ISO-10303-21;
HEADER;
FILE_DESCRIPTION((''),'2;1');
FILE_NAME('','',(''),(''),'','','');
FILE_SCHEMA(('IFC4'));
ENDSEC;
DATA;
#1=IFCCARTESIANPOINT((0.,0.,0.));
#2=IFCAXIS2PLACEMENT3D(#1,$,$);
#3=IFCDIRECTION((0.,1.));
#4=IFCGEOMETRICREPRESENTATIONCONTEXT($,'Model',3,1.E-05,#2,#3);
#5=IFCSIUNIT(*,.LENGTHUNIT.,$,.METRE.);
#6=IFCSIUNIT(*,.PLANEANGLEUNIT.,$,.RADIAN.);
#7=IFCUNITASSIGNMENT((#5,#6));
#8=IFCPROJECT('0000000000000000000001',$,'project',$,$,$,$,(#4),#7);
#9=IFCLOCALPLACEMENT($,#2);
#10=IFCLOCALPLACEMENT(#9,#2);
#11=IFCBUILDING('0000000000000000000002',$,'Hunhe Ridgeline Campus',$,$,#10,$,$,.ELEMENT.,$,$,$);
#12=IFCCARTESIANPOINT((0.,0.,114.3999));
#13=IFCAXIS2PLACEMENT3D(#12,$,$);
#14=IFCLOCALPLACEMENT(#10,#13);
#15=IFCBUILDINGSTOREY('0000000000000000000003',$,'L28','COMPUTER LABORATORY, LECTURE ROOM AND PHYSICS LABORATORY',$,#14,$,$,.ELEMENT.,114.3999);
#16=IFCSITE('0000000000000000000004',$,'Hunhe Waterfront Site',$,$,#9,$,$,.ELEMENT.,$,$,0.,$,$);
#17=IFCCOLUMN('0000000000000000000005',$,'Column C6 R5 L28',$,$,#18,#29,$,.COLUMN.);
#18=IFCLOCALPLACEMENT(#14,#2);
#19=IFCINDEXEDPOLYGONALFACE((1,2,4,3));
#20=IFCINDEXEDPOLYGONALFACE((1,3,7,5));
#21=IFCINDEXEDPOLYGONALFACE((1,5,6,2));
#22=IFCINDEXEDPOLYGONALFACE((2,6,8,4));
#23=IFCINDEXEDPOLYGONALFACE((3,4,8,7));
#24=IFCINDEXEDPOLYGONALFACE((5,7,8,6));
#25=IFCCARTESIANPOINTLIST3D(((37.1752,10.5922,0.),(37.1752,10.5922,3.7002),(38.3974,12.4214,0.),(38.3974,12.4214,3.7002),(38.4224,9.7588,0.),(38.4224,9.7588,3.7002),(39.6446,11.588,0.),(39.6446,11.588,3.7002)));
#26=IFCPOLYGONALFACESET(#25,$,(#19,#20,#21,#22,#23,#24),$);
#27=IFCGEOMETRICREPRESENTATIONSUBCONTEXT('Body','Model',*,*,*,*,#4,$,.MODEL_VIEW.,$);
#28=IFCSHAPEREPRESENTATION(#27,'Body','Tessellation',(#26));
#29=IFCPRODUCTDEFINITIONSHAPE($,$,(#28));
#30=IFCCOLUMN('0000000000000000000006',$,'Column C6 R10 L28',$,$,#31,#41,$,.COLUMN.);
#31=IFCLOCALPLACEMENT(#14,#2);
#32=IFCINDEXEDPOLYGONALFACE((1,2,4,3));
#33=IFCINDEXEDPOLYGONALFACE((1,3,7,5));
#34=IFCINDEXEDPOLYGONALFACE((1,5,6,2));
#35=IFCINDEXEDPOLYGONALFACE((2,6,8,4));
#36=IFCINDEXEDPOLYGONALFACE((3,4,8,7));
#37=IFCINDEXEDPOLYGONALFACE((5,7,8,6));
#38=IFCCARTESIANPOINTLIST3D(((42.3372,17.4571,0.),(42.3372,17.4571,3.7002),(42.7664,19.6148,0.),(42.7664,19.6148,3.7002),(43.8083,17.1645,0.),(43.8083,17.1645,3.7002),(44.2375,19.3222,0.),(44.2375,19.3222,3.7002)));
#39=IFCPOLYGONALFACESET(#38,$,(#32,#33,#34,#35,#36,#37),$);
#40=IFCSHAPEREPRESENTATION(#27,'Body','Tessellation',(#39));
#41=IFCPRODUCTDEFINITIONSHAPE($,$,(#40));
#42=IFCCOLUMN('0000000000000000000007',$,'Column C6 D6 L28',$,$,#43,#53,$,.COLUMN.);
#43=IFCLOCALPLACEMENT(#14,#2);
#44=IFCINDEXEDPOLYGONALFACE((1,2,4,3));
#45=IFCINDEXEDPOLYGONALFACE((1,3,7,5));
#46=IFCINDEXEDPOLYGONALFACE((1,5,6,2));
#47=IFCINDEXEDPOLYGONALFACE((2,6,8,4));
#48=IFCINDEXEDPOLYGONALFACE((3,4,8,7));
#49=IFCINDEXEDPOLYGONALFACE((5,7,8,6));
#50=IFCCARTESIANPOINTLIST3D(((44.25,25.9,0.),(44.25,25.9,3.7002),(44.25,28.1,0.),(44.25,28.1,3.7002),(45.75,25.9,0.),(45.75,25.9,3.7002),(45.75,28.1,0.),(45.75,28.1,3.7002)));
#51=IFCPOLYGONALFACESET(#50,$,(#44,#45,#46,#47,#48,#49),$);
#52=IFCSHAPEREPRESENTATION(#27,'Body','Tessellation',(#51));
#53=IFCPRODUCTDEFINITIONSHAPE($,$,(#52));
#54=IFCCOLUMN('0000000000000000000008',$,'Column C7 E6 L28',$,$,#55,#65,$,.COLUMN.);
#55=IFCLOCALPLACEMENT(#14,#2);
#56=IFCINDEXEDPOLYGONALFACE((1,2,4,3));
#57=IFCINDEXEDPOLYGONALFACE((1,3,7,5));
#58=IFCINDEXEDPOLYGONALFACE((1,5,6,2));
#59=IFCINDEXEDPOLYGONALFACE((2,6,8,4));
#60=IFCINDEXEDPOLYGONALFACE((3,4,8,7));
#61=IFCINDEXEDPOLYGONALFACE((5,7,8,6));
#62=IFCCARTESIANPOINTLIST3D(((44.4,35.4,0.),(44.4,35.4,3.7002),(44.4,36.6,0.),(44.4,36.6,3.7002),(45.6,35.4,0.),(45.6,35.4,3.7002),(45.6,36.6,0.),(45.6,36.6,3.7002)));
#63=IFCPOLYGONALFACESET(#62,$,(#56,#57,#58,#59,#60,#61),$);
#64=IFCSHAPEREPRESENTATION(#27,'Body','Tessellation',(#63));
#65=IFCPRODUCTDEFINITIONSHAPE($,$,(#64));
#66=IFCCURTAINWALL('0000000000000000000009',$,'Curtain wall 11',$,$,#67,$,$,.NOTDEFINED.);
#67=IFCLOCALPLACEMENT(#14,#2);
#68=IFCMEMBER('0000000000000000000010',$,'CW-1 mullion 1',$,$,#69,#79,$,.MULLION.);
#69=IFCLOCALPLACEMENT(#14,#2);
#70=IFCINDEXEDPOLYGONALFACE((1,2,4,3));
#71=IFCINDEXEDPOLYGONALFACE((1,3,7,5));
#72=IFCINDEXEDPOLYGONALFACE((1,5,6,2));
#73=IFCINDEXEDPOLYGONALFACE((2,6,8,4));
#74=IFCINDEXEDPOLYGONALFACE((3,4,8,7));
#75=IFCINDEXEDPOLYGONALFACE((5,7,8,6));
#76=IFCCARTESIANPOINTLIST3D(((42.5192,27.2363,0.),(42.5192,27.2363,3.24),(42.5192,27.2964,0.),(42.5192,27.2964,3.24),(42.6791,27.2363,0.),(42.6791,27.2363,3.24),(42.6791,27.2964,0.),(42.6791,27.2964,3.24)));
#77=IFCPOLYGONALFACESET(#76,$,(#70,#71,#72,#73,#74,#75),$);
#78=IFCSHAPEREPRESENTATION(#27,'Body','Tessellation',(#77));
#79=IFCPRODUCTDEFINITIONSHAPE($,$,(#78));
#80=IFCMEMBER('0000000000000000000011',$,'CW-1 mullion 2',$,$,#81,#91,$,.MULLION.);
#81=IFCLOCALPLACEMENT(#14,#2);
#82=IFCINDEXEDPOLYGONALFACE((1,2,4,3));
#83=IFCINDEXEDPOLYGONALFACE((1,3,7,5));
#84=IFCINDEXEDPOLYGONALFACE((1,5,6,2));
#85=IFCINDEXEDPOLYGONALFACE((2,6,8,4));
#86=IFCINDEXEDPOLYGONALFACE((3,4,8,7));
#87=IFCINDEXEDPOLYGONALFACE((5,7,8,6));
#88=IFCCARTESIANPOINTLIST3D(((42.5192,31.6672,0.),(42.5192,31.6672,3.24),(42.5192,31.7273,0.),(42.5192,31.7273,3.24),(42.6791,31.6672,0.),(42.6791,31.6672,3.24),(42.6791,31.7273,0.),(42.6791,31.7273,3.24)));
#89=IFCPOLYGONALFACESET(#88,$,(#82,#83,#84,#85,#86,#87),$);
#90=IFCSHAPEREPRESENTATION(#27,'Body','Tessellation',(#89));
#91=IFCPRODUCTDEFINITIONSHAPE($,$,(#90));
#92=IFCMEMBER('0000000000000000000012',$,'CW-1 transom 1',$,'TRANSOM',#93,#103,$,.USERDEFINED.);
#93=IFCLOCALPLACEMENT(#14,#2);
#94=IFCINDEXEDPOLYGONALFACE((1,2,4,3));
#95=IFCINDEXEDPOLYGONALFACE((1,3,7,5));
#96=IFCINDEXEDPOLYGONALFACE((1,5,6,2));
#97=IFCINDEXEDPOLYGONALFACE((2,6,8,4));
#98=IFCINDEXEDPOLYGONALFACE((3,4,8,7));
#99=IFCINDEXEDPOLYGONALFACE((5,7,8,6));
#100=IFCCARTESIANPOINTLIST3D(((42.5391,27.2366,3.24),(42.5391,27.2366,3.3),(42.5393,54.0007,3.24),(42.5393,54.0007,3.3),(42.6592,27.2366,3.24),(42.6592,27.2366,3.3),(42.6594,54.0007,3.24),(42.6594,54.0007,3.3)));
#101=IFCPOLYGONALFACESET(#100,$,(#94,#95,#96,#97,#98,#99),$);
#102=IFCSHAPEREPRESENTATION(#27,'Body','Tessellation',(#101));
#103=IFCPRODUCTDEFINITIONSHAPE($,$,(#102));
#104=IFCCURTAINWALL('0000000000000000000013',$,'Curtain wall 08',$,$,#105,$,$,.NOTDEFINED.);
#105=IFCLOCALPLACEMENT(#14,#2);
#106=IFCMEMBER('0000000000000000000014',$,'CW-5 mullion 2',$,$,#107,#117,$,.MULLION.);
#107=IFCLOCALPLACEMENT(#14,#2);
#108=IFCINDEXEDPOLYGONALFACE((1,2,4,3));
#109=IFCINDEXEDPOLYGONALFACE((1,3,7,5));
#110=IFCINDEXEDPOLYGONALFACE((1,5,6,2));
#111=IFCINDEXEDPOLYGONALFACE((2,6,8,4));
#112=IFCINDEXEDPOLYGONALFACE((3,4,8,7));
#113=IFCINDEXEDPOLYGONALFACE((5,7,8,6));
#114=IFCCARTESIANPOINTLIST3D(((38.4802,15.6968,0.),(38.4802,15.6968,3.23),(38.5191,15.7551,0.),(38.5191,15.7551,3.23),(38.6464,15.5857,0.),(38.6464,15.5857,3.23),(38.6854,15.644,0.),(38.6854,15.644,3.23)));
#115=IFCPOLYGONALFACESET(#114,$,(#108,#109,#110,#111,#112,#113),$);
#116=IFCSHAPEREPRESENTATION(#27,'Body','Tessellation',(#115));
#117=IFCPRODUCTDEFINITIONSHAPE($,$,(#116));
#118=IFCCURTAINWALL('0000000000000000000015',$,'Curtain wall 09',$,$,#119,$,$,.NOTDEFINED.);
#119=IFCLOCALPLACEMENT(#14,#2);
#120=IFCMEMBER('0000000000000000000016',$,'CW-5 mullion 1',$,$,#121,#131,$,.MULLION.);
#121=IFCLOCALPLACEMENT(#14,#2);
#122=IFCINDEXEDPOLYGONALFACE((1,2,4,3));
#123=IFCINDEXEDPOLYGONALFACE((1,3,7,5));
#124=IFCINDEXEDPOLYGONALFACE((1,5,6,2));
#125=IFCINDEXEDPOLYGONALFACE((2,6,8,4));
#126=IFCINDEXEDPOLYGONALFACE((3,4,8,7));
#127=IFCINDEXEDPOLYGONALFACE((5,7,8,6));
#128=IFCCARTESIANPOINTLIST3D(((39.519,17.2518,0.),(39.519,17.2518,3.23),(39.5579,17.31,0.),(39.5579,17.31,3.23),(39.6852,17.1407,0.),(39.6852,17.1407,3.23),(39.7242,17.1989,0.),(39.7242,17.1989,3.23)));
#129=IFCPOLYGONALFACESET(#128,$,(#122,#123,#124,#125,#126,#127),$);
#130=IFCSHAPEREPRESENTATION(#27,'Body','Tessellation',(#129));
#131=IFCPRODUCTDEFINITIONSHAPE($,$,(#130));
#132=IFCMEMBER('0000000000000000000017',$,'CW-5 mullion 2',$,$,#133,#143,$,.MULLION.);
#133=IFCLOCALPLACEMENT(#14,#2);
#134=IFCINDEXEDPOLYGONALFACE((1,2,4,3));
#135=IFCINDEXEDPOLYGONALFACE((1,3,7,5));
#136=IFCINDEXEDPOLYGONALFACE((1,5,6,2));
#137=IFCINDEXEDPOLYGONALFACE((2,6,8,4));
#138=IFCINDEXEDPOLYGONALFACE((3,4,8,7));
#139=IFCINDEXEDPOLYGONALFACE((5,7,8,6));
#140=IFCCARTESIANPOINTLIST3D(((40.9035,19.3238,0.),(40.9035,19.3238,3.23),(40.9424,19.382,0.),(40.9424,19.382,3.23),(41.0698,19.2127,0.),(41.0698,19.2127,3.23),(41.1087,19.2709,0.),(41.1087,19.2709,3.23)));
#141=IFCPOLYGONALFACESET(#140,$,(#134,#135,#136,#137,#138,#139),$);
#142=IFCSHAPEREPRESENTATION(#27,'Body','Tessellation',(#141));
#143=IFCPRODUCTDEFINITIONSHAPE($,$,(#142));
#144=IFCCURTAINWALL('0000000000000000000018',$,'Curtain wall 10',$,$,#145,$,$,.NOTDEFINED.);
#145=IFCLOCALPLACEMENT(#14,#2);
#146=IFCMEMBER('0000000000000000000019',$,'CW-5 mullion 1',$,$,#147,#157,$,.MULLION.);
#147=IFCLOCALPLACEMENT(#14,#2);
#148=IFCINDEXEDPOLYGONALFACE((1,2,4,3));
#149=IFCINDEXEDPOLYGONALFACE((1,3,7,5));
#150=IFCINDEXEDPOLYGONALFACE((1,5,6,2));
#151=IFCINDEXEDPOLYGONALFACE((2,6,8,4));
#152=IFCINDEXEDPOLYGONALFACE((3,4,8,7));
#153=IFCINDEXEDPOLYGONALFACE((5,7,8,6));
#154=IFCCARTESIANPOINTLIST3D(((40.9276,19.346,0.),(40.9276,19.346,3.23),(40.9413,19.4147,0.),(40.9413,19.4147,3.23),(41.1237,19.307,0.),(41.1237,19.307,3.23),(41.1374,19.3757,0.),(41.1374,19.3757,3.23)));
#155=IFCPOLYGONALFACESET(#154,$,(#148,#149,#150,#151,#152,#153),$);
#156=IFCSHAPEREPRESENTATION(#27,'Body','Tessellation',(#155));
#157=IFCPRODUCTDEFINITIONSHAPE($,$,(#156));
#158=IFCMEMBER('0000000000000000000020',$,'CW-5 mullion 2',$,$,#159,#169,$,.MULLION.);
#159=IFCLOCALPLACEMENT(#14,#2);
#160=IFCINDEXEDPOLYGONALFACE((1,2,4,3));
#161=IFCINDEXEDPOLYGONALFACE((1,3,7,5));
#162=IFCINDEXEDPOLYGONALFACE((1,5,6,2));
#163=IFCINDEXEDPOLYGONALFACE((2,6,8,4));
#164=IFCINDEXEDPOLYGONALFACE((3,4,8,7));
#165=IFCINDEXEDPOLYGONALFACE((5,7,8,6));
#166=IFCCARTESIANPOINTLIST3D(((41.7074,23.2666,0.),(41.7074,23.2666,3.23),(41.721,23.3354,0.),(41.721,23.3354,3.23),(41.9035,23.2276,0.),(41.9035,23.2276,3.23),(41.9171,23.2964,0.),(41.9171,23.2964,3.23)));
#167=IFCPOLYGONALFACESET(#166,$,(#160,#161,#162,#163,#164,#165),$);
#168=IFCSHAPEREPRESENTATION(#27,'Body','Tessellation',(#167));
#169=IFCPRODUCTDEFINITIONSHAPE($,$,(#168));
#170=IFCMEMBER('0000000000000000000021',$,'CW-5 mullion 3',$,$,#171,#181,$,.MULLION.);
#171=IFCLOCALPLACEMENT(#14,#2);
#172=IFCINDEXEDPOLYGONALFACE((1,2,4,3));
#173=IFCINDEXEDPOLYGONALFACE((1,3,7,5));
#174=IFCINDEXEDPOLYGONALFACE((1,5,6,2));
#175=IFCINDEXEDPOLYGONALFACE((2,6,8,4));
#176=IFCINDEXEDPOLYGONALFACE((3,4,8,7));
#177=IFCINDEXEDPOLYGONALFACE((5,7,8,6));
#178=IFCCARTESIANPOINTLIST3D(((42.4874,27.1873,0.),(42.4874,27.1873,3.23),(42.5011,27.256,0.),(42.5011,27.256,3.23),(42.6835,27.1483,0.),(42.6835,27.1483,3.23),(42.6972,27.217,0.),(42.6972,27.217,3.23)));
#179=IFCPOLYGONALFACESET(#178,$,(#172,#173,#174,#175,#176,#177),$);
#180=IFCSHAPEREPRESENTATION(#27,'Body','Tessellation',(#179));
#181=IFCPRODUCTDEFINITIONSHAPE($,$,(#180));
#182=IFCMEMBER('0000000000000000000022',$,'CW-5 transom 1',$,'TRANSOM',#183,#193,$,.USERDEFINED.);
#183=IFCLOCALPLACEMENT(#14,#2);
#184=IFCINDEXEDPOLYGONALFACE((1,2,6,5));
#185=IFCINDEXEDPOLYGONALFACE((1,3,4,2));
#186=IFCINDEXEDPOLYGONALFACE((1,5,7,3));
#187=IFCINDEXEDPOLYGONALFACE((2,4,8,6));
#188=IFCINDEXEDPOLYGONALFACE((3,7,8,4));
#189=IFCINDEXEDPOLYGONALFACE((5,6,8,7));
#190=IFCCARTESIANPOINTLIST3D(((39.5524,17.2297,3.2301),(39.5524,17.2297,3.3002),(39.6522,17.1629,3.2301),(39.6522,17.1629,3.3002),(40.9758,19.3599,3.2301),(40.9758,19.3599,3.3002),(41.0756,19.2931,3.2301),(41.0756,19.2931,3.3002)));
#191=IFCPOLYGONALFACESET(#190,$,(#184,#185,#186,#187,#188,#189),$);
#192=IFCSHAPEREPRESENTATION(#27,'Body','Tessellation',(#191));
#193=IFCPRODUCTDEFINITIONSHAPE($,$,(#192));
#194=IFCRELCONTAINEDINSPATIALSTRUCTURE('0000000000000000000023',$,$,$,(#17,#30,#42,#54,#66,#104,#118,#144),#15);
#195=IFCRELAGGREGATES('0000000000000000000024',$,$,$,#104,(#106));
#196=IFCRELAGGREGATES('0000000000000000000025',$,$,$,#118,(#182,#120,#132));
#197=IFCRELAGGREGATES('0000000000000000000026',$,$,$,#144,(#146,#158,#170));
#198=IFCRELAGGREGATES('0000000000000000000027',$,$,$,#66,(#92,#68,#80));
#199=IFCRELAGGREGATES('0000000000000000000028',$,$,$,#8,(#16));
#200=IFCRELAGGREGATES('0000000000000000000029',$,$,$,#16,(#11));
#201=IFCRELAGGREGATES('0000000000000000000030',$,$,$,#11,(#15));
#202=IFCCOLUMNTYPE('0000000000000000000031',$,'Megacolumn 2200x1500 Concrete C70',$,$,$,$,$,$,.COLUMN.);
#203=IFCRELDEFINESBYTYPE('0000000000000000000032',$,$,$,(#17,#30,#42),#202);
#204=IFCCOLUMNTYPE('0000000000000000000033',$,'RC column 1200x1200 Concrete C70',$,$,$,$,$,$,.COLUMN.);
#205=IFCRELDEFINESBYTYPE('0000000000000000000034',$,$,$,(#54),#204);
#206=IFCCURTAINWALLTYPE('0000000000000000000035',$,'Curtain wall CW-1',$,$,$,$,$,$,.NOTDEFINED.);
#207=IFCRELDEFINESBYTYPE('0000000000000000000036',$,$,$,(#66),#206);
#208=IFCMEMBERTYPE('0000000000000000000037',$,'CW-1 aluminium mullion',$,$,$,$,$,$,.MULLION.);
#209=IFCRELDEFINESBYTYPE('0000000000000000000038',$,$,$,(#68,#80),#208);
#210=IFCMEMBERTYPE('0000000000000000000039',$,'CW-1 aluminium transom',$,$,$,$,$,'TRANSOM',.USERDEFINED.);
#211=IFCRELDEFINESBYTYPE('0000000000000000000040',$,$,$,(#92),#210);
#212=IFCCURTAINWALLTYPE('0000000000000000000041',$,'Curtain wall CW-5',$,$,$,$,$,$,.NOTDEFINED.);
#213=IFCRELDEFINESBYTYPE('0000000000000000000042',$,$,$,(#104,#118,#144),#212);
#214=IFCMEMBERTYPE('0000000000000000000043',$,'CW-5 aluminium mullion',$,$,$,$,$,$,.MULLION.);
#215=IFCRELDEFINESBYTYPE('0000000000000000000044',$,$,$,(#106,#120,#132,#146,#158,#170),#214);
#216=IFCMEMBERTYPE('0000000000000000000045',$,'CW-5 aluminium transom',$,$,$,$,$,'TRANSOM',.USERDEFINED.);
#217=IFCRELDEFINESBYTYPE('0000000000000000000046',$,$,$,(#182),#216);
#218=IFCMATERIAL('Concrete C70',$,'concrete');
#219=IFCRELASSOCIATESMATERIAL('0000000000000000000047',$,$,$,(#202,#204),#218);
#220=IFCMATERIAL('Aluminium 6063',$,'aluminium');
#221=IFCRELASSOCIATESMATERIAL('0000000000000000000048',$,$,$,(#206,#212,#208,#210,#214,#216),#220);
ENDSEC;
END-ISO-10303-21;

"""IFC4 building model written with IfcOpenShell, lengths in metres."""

from ifc_helpers import new_model, si_unit, direction, frame, origin, origin_2d, place, context, subcontext, project, spatial, rectangle, extrude, material, material_profile, profile_set, type_object, element, aggregate, save


model = new_model("IFC4")

# Units and contexts
model_context = context("Model", 3, precision=1e-05, world=origin(), true_north=direction((0.0, 1.0)))
body_context = subcontext(model_context, "Body", "Model", "MODEL_VIEW")
ifc_project = project(units=[si_unit("LENGTHUNIT", "METRE"), si_unit("PLANEANGLEUNIT", "RADIAN")], contexts=[model_context])

# Site, building, storey
site_placement = place(None, origin())
site = spatial("IfcSite", under=ifc_project, at=site_placement, Name="Hunhe Waterfront Site", CompositionType="ELEMENT", RefElevation=0.0)
building_placement = place(site_placement, origin())
building = spatial("IfcBuilding", under=site, at=building_placement, Name="Hunhe Ridgeline Campus", CompositionType="ELEMENT")
storey_placement = place(building_placement, frame((0.0, 0.0, 114.3999)))
storey = spatial("IfcBuildingStorey", under=building, at=storey_placement, Name="L28", Description="COMPUTER LABORATORY, LECTURE ROOM AND PHYSICS LABORATORY", CompositionType="ELEMENT", Elevation=114.3999)

# Columns
ifc_material_1 = material(Name="Concrete C70", Category="concrete")
ifc_material_profile_1 = material_profile(ifc_material_1, rectangle(XDim=2.2, YDim=1.5, at=origin_2d()))
ifc_profile_set_1 = profile_set([ifc_material_profile_1], Name="Concrete C70")
column_type_1 = type_object("IfcColumnType", Name="Megacolumn 2200x1500 Concrete C70", PredefinedType="COLUMN", material=ifc_profile_set_1)
for number, where, z_axis, x_axis, name in (
    (1, (38.4099, 11.0901, 0.0), (0.0, 0.0, 1.0), (0.55557, 0.83147, 0.0), "Column C6 R5 L28"),
    (2, (43.2874, 18.3896, 0.0), (0.0, 0.0, 1.0), (0.19509, 0.980785, 0.0), "Column C6 R10 L28"),
    (3, (45.0, 27.0, 0.0), (0.0, 0.0, 1.0), (0.0, 1.0, 0.0), "Column C6 D6 L28"),
):
    element("IfcColumn", number, at=place(storey_placement, frame(where, z_axis=z_axis, x_axis=x_axis)), inside=storey, type_object=column_type_1, Name=name, PredefinedType="COLUMN", context=body_context, shape_type="SweptSolid", body=[
        extrude(rectangle(XDim=2.2, YDim=1.5, at=origin_2d()), origin(), (0.0, 0.0, 1.0), 3.7002),
    ])
ifc_material_profile_2 = material_profile(ifc_material_1, rectangle(XDim=1.2, YDim=1.2, at=origin_2d()))
ifc_profile_set_2 = profile_set([ifc_material_profile_2], Name="Concrete C70")
column_type_2 = type_object("IfcColumnType", Name="RC column 1200x1200 Concrete C70", PredefinedType="COLUMN", material=ifc_profile_set_2)
column_placement = place(storey_placement, frame((45.0, 36.0, 0.0), z_axis=(0.0, 0.0, 1.0), x_axis=(1.0, 0.0, 0.0)))
element("IfcColumn", 4, at=column_placement, inside=storey, type_object=column_type_2, Name="Column C7 E6 L28", PredefinedType="COLUMN", context=body_context, shape_type="SweptSolid", body=[
    extrude(rectangle(XDim=1.2, YDim=1.2, at=origin_2d()), origin(), (0.0, 0.0, 1.0), 3.7002),
])

# Curtain wall, members
ifc_material_2 = material(Name="Aluminium 6063", Category="aluminium")
curtain_wall_type_1 = type_object("IfcCurtainWallType", Name="Curtain wall CW-1", PredefinedType="NOTDEFINED", material=ifc_material_2)
curtain_wall_1_placement = place(storey_placement, origin())
curtain_wall_1 = element("IfcCurtainWall", 5, at=curtain_wall_1_placement, inside=storey, type_object=curtain_wall_type_1, Name="Curtain wall 11", PredefinedType="NOTDEFINED")
ifc_material_profile_3 = material_profile(ifc_material_2, rectangle(XDim=0.1599, YDim=0.0601, at=origin_2d()))
ifc_profile_set_3 = profile_set([ifc_material_profile_3], Name="Aluminium 6063")
member_type_1 = type_object("IfcMemberType", Name="CW-1 aluminium mullion", PredefinedType="MULLION", material=ifc_profile_set_3)
member_1_placement = place(storey_placement, frame((42.5991, 27.2664, 0.0), z_axis=(0.0, 0.0, 1.0), x_axis=(-1.0, 0.000011, 0.0)))
member_1 = element("IfcMember", 6, at=member_1_placement, type_object=member_type_1, Name="CW-1 mullion 1", PredefinedType="MULLION", context=body_context, shape_type="SweptSolid", body=[
    extrude(rectangle(XDim=0.1599, YDim=0.0601, at=origin_2d()), origin(), (0.0, 0.0, 1.0), 3.24),
])
member_2_placement = place(storey_placement, frame((42.5991, 31.6973, 0.0), z_axis=(0.0, 0.0, 1.0), x_axis=(-1.0, 0.000011, 0.0)))
member_2 = element("IfcMember", 7, at=member_2_placement, type_object=member_type_1, Name="CW-1 mullion 2", PredefinedType="MULLION", context=body_context, shape_type="SweptSolid", body=[
    extrude(rectangle(XDim=0.1599, YDim=0.0601, at=origin_2d()), origin(), (0.0, 0.0, 1.0), 3.24),
])
ifc_material_profile_4 = material_profile(ifc_material_2, rectangle(XDim=0.1201, YDim=0.0601, at=origin_2d()))
ifc_profile_set_4 = profile_set([ifc_material_profile_4], Name="Aluminium 6063")
member_type_2 = type_object("IfcMemberType", Name="CW-1 aluminium transom", ElementType="TRANSOM", PredefinedType="USERDEFINED", material=ifc_profile_set_4)
member_3_placement = place(storey_placement, frame((42.5991, 27.2366, 3.27), z_axis=(0.000009, 1.0, 0.0), x_axis=(-1.0, 0.000009, 0.0)))
member_3 = element("IfcMember", 8, at=member_3_placement, type_object=member_type_2, Name="CW-1 transom 1", ObjectType="TRANSOM", PredefinedType="USERDEFINED", context=body_context, shape_type="SweptSolid", body=[
    extrude(rectangle(XDim=0.1201, YDim=0.0601, at=origin_2d()), origin(), (0.0, 0.0, 1.0), 26.7642),
])

# Curtain wall, member
curtain_wall_type_2 = type_object("IfcCurtainWallType", Name="Curtain wall CW-5", PredefinedType="NOTDEFINED", material=ifc_material_2)
curtain_wall_2_placement = place(storey_placement, origin())
curtain_wall_2 = element("IfcCurtainWall", 9, at=curtain_wall_2_placement, inside=storey, type_object=curtain_wall_type_2, Name="Curtain wall 08", PredefinedType="NOTDEFINED")
ifc_material_profile_5 = material_profile(ifc_material_2, rectangle(XDim=0.2, YDim=0.0701, at=origin_2d()))
ifc_profile_set_5 = profile_set([ifc_material_profile_5], Name="Aluminium 6063")
member_type_3 = type_object("IfcMemberType", Name="CW-5 aluminium mullion", PredefinedType="MULLION", material=ifc_profile_set_5)
member_4_placement = place(storey_placement, frame((38.5828, 15.6704, 0.0), z_axis=(0.0, 0.0, 1.0), x_axis=(-0.83147, 0.55557, 0.0)))
member_4 = element("IfcMember", 10, at=member_4_placement, type_object=member_type_3, Name="CW-5 mullion 2", PredefinedType="MULLION", context=body_context, shape_type="SweptSolid", body=[
    extrude(rectangle(XDim=0.2, YDim=0.0701, at=origin_2d()), origin(), (0.0, 0.0, 1.0), 3.23),
])

# Curtain walls, members
curtain_wall_3_placement = place(storey_placement, origin())
curtain_wall_3 = element("IfcCurtainWall", 11, at=curtain_wall_3_placement, inside=storey, type_object=curtain_wall_type_2, Name="Curtain wall 09", PredefinedType="NOTDEFINED")
member_5_placement = place(storey_placement, frame((39.6216, 17.2253, 0.0), z_axis=(0.0, 0.0, 1.0), x_axis=(-0.83147, 0.55557, 0.0)))
member_5 = element("IfcMember", 12, at=member_5_placement, type_object=member_type_3, Name="CW-5 mullion 1", PredefinedType="MULLION", context=body_context, shape_type="SweptSolid", body=[
    extrude(rectangle(XDim=0.2, YDim=0.0701, at=origin_2d()), origin(), (0.0, 0.0, 1.0), 3.23),
])
member_6_placement = place(storey_placement, frame((41.0061, 19.2974, 0.0), z_axis=(0.0, 0.0, 1.0), x_axis=(-0.83147, 0.55557, 0.0)))
member_6 = element("IfcMember", 13, at=member_6_placement, type_object=member_type_3, Name="CW-5 mullion 2", PredefinedType="MULLION", context=body_context, shape_type="SweptSolid", body=[
    extrude(rectangle(XDim=0.2, YDim=0.0701, at=origin_2d()), origin(), (0.0, 0.0, 1.0), 3.23),
])
curtain_wall_4_placement = place(storey_placement, origin())
curtain_wall_4 = element("IfcCurtainWall", 14, at=curtain_wall_4_placement, inside=storey, type_object=curtain_wall_type_2, Name="Curtain wall 10", PredefinedType="NOTDEFINED")
member_7_placement = place(storey_placement, frame((41.0325, 19.3608, 0.0), z_axis=(0.0, 0.0, 1.0), x_axis=(-0.980785, 0.19509, 0.0)))
member_7 = element("IfcMember", 15, at=member_7_placement, type_object=member_type_3, Name="CW-5 mullion 1", PredefinedType="MULLION", context=body_context, shape_type="SweptSolid", body=[
    extrude(rectangle(XDim=0.2, YDim=0.0701, at=origin_2d()), origin(), (0.0, 0.0, 1.0), 3.23),
])
member_8_placement = place(storey_placement, frame((41.8123, 23.2815, 0.0), z_axis=(0.0, 0.0, 1.0), x_axis=(-0.980785, 0.19509, 0.0)))
member_8 = element("IfcMember", 16, at=member_8_placement, type_object=member_type_3, Name="CW-5 mullion 2", PredefinedType="MULLION", context=body_context, shape_type="SweptSolid", body=[
    extrude(rectangle(XDim=0.2, YDim=0.0701, at=origin_2d()), origin(), (0.0, 0.0, 1.0), 3.23),
])
member_9_placement = place(storey_placement, frame((42.5923, 27.2021, 0.0), z_axis=(0.0, 0.0, 1.0), x_axis=(-0.980785, 0.19509, 0.0)))
member_9 = element("IfcMember", 17, at=member_9_placement, type_object=member_type_3, Name="CW-5 mullion 3", PredefinedType="MULLION", context=body_context, shape_type="SweptSolid", body=[
    extrude(rectangle(XDim=0.2, YDim=0.0701, at=origin_2d()), origin(), (0.0, 0.0, 1.0), 3.23),
])

# Member
ifc_material_profile_6 = material_profile(ifc_material_2, rectangle(XDim=0.1201, YDim=0.0701, at=origin_2d()))
ifc_profile_set_6 = profile_set([ifc_material_profile_6], Name="Aluminium 6063")
member_type_4 = type_object("IfcMemberType", Name="CW-5 aluminium transom", ElementType="TRANSOM", PredefinedType="USERDEFINED", material=ifc_profile_set_6)
member_10_placement = place(storey_placement, frame((39.6023, 17.1963, 3.2651), z_axis=(0.55558, 0.831463, 0.0), x_axis=(-0.831463, 0.55558, 0.0)))
member_10 = element("IfcMember", 18, at=member_10_placement, type_object=member_type_4, Name="CW-5 transom 1", ObjectType="TRANSOM", PredefinedType="USERDEFINED", context=body_context, shape_type="SweptSolid", body=[
    extrude(rectangle(XDim=0.1201, YDim=0.0701, at=origin_2d()), origin(), (0.0, 0.0, 1.0), 2.562),
])

aggregate(curtain_wall_2, [member_4])
aggregate(curtain_wall_3, [member_10, member_5, member_6])
aggregate(curtain_wall_4, [member_7, member_8, member_9])
aggregate(curtain_wall_1, [member_3, member_1, member_2])

save(model, "model.ifc")
